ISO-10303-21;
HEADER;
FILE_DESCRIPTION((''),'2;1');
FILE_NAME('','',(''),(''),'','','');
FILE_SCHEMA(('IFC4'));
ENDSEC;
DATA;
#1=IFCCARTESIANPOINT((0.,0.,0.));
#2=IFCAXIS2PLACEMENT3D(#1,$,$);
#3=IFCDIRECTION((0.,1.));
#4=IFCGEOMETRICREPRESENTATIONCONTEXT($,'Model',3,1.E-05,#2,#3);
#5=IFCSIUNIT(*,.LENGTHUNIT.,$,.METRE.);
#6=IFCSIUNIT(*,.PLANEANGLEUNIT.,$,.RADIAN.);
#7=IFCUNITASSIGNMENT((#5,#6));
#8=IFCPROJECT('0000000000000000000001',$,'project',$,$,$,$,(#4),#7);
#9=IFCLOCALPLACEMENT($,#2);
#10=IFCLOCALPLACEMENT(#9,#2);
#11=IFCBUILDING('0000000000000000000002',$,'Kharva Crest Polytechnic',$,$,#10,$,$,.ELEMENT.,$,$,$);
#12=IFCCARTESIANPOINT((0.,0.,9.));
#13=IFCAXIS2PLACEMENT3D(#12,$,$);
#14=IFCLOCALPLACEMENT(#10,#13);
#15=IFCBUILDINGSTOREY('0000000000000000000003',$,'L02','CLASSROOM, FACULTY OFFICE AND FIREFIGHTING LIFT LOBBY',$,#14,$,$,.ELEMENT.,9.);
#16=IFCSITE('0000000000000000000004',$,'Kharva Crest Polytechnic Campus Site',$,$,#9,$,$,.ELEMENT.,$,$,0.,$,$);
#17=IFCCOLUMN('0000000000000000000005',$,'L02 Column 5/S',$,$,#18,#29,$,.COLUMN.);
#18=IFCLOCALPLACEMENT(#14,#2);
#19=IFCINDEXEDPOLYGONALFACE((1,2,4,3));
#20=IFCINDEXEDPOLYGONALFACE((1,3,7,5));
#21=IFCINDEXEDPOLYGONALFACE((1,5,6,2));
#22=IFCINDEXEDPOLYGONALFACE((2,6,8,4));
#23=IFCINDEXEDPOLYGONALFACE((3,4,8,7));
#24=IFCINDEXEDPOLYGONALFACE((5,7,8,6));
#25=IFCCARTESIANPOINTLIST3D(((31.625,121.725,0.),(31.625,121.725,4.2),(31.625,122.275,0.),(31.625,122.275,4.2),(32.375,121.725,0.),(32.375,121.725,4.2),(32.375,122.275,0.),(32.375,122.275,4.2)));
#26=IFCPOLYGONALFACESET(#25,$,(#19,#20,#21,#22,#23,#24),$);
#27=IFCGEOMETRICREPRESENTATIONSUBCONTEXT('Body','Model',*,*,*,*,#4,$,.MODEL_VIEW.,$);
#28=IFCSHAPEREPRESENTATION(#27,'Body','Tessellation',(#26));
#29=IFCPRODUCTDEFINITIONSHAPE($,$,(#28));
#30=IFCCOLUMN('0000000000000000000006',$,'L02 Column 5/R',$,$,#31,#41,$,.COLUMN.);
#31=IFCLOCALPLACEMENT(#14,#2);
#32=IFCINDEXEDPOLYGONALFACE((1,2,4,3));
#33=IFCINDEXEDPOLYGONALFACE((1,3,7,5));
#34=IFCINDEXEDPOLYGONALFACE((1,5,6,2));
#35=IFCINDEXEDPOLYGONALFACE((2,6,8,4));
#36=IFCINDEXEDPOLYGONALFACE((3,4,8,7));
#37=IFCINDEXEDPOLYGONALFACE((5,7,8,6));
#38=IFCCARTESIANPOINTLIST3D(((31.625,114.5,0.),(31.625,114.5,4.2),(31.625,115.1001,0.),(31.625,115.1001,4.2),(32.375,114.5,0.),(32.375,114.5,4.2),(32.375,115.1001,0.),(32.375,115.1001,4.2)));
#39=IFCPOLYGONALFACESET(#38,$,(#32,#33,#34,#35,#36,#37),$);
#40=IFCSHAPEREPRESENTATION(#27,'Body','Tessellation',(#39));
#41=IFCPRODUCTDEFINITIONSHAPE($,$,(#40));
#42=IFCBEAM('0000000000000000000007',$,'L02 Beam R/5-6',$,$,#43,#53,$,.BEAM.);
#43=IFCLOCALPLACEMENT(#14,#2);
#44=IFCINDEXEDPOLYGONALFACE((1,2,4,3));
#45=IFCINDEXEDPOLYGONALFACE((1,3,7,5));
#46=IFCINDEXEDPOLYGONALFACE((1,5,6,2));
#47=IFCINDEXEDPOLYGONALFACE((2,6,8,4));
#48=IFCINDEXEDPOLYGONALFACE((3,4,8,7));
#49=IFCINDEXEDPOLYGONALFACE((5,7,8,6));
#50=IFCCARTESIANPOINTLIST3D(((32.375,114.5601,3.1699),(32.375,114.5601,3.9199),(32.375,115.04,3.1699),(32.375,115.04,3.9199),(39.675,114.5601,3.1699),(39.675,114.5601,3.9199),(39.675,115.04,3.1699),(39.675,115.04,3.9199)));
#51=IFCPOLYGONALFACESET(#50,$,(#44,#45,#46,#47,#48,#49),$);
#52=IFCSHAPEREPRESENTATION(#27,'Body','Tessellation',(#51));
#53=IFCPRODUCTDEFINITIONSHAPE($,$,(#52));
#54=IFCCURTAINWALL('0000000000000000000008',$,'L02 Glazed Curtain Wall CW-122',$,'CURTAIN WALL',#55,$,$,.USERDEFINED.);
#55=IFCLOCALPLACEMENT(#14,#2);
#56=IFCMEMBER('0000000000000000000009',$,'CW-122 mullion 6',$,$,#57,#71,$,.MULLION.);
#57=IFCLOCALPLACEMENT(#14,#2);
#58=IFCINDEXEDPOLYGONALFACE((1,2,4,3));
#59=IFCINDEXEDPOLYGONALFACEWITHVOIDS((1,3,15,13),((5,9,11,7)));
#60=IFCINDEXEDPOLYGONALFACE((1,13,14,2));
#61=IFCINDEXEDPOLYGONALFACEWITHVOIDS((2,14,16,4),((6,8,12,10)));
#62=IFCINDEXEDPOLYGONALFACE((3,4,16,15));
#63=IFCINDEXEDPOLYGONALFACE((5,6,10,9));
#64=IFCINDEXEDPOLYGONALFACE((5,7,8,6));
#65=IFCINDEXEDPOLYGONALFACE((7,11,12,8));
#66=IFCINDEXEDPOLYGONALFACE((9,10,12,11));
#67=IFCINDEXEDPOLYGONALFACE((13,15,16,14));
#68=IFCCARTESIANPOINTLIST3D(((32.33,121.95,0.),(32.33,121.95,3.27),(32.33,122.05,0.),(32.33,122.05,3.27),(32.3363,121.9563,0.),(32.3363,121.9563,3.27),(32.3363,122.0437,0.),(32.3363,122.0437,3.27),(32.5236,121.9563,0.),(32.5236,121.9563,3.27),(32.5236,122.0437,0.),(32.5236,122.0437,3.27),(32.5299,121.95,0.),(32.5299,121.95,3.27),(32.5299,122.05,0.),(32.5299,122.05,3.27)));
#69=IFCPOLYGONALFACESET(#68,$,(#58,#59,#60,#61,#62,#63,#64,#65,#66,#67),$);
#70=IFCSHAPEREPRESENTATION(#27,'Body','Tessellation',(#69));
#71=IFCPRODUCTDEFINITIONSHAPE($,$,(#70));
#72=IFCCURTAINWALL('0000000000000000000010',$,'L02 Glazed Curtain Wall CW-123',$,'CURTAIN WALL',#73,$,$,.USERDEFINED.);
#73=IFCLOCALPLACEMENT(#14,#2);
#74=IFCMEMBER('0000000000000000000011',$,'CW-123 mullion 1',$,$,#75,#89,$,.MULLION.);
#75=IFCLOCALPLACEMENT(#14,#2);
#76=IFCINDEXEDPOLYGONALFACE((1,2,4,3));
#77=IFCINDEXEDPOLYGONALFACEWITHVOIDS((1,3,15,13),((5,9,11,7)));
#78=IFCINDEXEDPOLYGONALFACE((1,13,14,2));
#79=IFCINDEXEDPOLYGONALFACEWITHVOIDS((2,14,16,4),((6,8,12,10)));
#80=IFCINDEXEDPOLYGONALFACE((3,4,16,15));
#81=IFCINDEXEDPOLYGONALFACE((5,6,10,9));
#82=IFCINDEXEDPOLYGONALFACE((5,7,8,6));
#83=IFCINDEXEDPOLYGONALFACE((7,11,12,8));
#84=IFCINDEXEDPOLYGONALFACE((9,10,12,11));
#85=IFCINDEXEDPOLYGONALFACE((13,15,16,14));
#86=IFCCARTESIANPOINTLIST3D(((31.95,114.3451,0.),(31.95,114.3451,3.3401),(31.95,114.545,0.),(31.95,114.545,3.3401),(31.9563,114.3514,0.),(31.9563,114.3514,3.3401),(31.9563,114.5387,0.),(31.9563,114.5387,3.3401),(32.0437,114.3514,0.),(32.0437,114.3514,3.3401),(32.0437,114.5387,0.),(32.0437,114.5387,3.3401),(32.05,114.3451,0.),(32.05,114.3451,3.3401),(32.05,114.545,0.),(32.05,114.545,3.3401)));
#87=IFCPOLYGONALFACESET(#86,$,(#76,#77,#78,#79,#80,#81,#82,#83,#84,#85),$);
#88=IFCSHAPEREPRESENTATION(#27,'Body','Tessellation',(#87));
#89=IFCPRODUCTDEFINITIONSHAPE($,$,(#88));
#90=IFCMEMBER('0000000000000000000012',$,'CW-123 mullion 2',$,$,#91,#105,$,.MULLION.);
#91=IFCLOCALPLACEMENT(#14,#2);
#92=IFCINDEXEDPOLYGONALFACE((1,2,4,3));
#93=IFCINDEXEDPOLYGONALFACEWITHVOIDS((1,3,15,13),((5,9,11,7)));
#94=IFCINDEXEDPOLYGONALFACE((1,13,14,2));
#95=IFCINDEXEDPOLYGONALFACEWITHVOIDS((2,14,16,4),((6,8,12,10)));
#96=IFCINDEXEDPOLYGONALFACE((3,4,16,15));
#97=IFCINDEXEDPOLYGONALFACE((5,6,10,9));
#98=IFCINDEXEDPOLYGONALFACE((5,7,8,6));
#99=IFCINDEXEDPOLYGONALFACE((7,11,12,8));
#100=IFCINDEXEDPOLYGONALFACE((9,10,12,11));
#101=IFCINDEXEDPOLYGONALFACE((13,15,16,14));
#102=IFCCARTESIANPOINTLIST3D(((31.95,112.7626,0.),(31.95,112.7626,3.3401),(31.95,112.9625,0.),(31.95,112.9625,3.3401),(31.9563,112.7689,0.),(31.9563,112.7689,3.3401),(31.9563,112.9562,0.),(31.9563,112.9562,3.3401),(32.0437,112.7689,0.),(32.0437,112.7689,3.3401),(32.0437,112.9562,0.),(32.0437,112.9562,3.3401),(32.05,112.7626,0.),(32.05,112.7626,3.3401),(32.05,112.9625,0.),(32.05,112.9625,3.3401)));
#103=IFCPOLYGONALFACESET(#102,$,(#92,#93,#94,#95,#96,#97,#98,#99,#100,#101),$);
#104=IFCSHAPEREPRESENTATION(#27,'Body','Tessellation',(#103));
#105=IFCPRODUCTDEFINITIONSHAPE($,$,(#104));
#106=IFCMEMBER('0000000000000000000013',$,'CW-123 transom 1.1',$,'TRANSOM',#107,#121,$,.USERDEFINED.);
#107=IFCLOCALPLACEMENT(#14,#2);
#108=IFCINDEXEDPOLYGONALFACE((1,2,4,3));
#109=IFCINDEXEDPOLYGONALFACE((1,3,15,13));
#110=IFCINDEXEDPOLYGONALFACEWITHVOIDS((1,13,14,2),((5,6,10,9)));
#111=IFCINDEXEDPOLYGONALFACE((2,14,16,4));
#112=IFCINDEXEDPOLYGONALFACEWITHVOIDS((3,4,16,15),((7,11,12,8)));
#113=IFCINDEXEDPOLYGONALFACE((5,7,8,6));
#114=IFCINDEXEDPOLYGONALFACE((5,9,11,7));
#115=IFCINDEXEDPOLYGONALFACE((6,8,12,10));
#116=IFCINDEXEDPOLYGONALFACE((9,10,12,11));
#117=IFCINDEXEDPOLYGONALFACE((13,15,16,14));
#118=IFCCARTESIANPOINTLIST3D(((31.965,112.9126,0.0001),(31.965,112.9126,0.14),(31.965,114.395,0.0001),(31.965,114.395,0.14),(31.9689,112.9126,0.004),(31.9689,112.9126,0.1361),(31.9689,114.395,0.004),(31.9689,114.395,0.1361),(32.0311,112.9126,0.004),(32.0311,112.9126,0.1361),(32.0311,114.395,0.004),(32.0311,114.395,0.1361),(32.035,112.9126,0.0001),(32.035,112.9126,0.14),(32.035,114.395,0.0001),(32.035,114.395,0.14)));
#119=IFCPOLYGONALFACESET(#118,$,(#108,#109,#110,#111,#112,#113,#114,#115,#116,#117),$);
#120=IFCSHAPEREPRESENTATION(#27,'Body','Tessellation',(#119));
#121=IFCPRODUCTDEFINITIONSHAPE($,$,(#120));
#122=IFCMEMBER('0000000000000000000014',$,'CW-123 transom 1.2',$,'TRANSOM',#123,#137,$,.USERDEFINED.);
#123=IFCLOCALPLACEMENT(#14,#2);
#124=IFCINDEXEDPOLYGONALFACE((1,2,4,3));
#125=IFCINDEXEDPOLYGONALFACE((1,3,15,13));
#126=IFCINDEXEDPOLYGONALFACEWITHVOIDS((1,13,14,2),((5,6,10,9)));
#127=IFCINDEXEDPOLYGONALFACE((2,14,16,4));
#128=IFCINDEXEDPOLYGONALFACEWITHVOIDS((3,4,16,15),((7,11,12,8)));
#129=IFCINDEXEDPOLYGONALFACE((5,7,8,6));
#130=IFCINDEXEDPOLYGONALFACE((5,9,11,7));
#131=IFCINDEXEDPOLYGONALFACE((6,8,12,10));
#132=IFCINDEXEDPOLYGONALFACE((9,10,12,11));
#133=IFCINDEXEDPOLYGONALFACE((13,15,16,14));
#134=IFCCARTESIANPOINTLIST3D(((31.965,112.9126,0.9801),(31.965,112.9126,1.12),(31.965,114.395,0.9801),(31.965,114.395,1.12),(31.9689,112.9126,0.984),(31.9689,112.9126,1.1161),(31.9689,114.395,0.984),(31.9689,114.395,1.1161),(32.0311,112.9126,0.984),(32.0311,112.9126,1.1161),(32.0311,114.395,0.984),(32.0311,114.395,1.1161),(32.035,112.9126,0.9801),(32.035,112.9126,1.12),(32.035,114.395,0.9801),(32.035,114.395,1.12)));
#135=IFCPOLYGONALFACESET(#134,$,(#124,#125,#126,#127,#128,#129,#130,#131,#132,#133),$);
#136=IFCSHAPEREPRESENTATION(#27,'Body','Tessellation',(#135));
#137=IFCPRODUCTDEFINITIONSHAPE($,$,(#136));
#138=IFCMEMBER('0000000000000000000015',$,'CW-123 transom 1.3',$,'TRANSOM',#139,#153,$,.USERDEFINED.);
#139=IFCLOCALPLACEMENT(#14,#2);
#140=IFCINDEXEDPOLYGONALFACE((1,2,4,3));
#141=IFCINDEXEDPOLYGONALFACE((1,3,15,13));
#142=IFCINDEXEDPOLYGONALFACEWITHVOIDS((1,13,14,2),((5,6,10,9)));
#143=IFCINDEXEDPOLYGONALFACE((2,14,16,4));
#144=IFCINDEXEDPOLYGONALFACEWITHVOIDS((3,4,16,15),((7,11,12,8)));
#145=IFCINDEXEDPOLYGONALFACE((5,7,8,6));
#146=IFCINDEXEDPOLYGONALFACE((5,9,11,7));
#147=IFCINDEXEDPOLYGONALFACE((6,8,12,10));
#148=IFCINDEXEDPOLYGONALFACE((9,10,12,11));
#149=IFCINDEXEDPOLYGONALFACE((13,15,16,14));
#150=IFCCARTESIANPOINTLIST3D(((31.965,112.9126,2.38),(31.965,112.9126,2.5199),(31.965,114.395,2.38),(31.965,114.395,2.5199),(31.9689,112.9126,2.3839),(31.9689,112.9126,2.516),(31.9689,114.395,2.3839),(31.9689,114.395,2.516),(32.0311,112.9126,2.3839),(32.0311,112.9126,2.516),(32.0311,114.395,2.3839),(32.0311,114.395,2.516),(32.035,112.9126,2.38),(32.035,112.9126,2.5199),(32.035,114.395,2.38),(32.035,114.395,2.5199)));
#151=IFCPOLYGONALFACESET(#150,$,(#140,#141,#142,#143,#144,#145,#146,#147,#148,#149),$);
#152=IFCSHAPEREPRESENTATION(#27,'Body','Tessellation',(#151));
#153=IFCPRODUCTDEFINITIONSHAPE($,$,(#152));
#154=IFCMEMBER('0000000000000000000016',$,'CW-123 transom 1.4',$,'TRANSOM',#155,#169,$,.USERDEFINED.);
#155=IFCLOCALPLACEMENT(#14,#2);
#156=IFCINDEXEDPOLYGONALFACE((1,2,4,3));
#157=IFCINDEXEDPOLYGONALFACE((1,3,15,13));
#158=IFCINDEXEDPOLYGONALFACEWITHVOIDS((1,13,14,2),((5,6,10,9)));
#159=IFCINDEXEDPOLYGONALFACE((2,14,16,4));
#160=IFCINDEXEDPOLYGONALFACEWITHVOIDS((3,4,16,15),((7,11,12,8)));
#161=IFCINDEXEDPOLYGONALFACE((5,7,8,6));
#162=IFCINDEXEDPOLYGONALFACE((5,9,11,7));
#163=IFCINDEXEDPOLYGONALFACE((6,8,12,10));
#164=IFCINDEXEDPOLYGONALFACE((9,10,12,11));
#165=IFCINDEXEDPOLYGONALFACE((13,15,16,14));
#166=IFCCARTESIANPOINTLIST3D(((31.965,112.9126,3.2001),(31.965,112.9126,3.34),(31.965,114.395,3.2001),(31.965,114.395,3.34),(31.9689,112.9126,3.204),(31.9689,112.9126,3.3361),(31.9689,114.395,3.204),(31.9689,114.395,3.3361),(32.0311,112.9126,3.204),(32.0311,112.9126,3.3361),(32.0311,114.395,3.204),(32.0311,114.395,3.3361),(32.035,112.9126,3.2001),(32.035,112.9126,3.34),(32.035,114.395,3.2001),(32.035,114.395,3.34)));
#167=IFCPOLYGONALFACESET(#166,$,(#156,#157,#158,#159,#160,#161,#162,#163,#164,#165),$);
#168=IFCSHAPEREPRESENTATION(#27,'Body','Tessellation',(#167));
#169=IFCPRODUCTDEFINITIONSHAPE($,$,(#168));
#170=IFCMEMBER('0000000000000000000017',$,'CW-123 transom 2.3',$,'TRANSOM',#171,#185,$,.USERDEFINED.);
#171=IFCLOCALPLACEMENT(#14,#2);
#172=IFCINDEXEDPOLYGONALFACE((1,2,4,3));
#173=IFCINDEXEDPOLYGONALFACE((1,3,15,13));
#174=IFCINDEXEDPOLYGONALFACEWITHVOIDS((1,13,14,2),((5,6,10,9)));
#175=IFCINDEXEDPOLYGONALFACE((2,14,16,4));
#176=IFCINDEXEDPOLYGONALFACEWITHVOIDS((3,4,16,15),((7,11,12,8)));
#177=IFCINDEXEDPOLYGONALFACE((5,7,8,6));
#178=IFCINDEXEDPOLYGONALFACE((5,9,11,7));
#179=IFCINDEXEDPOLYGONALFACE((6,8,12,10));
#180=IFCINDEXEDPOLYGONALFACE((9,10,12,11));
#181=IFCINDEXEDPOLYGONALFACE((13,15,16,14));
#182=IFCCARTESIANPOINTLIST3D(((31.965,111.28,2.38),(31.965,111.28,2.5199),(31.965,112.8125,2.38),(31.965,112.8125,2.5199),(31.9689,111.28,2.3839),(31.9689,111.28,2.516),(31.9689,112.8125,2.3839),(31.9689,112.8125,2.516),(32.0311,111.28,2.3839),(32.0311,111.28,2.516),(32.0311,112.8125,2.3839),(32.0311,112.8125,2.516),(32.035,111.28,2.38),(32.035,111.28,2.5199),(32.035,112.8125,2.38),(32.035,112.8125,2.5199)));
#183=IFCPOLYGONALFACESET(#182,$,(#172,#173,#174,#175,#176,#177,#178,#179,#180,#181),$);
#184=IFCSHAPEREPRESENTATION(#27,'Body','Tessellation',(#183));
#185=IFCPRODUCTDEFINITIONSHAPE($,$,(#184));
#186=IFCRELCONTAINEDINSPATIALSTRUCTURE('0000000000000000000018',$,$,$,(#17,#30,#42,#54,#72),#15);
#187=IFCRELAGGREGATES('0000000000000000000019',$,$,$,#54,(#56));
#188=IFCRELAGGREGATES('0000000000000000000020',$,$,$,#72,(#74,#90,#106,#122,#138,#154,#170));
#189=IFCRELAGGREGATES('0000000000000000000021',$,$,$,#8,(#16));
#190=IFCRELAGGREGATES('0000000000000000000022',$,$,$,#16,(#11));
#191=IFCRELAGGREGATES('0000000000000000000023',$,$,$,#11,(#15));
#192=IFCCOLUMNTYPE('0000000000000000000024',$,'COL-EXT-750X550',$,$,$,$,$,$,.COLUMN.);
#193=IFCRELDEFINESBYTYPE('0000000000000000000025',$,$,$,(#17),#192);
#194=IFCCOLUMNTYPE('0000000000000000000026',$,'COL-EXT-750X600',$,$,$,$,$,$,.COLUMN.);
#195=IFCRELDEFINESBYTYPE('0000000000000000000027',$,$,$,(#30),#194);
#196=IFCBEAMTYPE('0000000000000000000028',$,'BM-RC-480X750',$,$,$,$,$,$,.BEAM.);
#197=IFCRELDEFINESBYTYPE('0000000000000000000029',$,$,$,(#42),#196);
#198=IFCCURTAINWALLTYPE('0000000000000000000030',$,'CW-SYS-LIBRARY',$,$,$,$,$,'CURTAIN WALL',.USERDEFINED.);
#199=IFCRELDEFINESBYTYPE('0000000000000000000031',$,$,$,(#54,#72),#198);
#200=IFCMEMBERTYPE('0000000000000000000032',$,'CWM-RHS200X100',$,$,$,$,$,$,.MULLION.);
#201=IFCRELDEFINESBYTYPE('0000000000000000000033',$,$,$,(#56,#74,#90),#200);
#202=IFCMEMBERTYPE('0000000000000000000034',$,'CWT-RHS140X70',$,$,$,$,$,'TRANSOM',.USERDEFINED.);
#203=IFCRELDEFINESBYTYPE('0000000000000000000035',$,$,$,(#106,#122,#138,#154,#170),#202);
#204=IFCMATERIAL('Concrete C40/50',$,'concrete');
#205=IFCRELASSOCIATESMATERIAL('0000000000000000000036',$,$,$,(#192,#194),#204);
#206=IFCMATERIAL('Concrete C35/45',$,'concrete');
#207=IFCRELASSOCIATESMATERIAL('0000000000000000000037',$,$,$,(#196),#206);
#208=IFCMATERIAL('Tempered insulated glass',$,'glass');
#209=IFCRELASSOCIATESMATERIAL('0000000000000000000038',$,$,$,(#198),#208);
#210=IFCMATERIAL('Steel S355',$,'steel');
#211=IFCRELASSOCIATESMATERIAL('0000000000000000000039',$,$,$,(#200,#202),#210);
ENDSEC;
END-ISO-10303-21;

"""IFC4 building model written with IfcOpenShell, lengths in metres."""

from ifc_helpers import new_model, si_unit, direction, frame, origin, origin_2d, place, context, subcontext, project, spatial, rectangle, hollow_rectangle, extrude, material, material_profile, profile_set, type_object, element, aggregate, save


model = new_model("IFC4")

# Units and contexts
model_context = context("Model", 3, precision=1e-05, world=origin(), true_north=direction((0.0, 1.0)))
body_context = subcontext(model_context, "Body", "Model", "MODEL_VIEW")
ifc_project = project(units=[si_unit("LENGTHUNIT", "METRE"), si_unit("PLANEANGLEUNIT", "RADIAN")], contexts=[model_context])

# Site, building, storey
site_placement = place(None, origin())
site = spatial("IfcSite", under=ifc_project, at=site_placement, Name="Kharva Crest Polytechnic Campus Site", CompositionType="ELEMENT", RefElevation=0.0)
building_placement = place(site_placement, origin())
building = spatial("IfcBuilding", under=site, at=building_placement, Name="Kharva Crest Polytechnic", CompositionType="ELEMENT")
storey_placement = place(building_placement, frame((0.0, 0.0, 9.0)))
storey = spatial("IfcBuildingStorey", under=building, at=storey_placement, Name="L02", Description="CLASSROOM, FACULTY OFFICE AND FIREFIGHTING LIFT LOBBY", CompositionType="ELEMENT", Elevation=9.0)

# Columns
ifc_material_1 = material(Name="Concrete C40/50", Category="concrete")
ifc_material_profile_1 = material_profile(ifc_material_1, rectangle(XDim=0.75, YDim=0.55, at=origin_2d()), Name="RECT 750 X 550")
ifc_profile_set_1 = profile_set([ifc_material_profile_1], Name="Concrete C40/50")
column_type_1 = type_object("IfcColumnType", Name="COL-EXT-750X550", PredefinedType="COLUMN", material=ifc_profile_set_1)
column_1_placement = place(storey_placement, frame((32.0, 122.0, 0.0), z_axis=(0.0, 0.0, 1.0), x_axis=(1.0, 0.0, 0.0)))
element("IfcColumn", 1, at=column_1_placement, inside=storey, type_object=column_type_1, Name="L02 Column 5/S", PredefinedType="COLUMN", context=body_context, shape_type="SweptSolid", body=[
    extrude(rectangle(XDim=0.75, YDim=0.55, at=origin_2d()), origin(), (0.0, 0.0, 1.0), 4.2),
])
ifc_material_profile_2 = material_profile(ifc_material_1, rectangle(XDim=0.75, YDim=0.6001, at=origin_2d()), Name="RECT 750 X 600")
ifc_profile_set_2 = profile_set([ifc_material_profile_2], Name="Concrete C40/50")
column_type_2 = type_object("IfcColumnType", Name="COL-EXT-750X600", PredefinedType="COLUMN", material=ifc_profile_set_2)
column_2_placement = place(storey_placement, frame((32.0, 114.8, 0.0), z_axis=(0.0, 0.0, 1.0), x_axis=(1.0, 0.0, 0.0)))
element("IfcColumn", 2, at=column_2_placement, inside=storey, type_object=column_type_2, Name="L02 Column 5/R", PredefinedType="COLUMN", context=body_context, shape_type="SweptSolid", body=[
    extrude(rectangle(XDim=0.75, YDim=0.6001, at=origin_2d()), origin(), (0.0, 0.0, 1.0), 4.2),
])

# Beam
ifc_material_2 = material(Name="Concrete C35/45", Category="concrete")
ifc_material_profile_3 = material_profile(ifc_material_2, rectangle(XDim=0.48, YDim=0.75, at=origin_2d()), Name="RECT 480 X 750")
ifc_profile_set_3 = profile_set([ifc_material_profile_3], Name="Concrete C35/45")
beam_type_1 = type_object("IfcBeamType", Name="BM-RC-480X750", PredefinedType="BEAM", material=ifc_profile_set_3)
beam_1_placement = place(storey_placement, frame((32.375, 114.8, 3.5449), z_axis=(1.0, 0.0, 0.0), x_axis=(0.0, 1.0, 0.0)))
element("IfcBeam", 3, at=beam_1_placement, inside=storey, type_object=beam_type_1, Name="L02 Beam R/5-6", PredefinedType="BEAM", context=body_context, shape_type="SweptSolid", body=[
    extrude(rectangle(XDim=0.48, YDim=0.75, at=origin_2d()), origin(), (0.0, 0.0, 1.0), 7.3),
])

# Curtain wall, member
ifc_material_3 = material(Name="Tempered insulated glass", Category="glass")
curtain_wall_type = type_object("IfcCurtainWallType", Name="CW-SYS-LIBRARY", ElementType="CURTAIN WALL", PredefinedType="USERDEFINED", material=ifc_material_3)
curtain_wall_1_placement = place(storey_placement, origin())
curtain_wall_1 = element("IfcCurtainWall", 4, at=curtain_wall_1_placement, inside=storey, type_object=curtain_wall_type, Name="L02 Glazed Curtain Wall CW-122", ObjectType="CURTAIN WALL", PredefinedType="USERDEFINED")
ifc_material_4 = material(Name="Steel S355", Category="steel")
ifc_material_profile_4 = material_profile(ifc_material_4, hollow_rectangle(XDim=0.1001, YDim=0.2, WallThickness=0.0063, at=origin_2d()), Name="RHS 200X100X6.3")
ifc_profile_set_4 = profile_set([ifc_material_profile_4], Name="Steel S355")
member_type_1 = type_object("IfcMemberType", Name="CWM-RHS200X100", PredefinedType="MULLION", material=ifc_profile_set_4)
member_1_placement = place(storey_placement, frame((32.4299, 122.0, 0.0), z_axis=(0.0, 0.0, 1.0), x_axis=(0.0, -1.0, 0.0)))
member_1 = element("IfcMember", 5, at=member_1_placement, type_object=member_type_1, Name="CW-122 mullion 6", PredefinedType="MULLION", context=body_context, shape_type="SweptSolid", body=[
    extrude(hollow_rectangle(XDim=0.1001, YDim=0.2, WallThickness=0.0063, at=origin_2d()), origin(), (0.0, 0.0, 1.0), 3.27),
])

# Curtain wall, members
curtain_wall_2_placement = place(storey_placement, origin())
curtain_wall_2 = element("IfcCurtainWall", 6, at=curtain_wall_2_placement, inside=storey, type_object=curtain_wall_type, Name="L02 Glazed Curtain Wall CW-123", ObjectType="CURTAIN WALL", PredefinedType="USERDEFINED")
member_2_placement = place(storey_placement, frame((32.0, 114.4451, 0.0), z_axis=(0.0, 0.0, 1.0), x_axis=(1.0, 0.0, 0.0)))
member_2 = element("IfcMember", 7, at=member_2_placement, type_object=member_type_1, Name="CW-123 mullion 1", PredefinedType="MULLION", context=body_context, shape_type="SweptSolid", body=[
    extrude(hollow_rectangle(XDim=0.1001, YDim=0.2, WallThickness=0.0063, at=origin_2d()), origin(), (0.0, 0.0, 1.0), 3.3401),
])
member_3_placement = place(storey_placement, frame((32.0, 112.8625, 0.0), z_axis=(0.0, 0.0, 1.0), x_axis=(1.0, 0.0, 0.0)))
member_3 = element("IfcMember", 8, at=member_3_placement, type_object=member_type_1, Name="CW-123 mullion 2", PredefinedType="MULLION", context=body_context, shape_type="SweptSolid", body=[
    extrude(hollow_rectangle(XDim=0.1001, YDim=0.2, WallThickness=0.0063, at=origin_2d()), origin(), (0.0, 0.0, 1.0), 3.3401),
])
ifc_material_profile_5 = material_profile(ifc_material_4, hollow_rectangle(XDim=0.0701, YDim=0.1399, WallThickness=0.0039, at=origin_2d()), Name="RHS 140X70X4.0")
ifc_profile_set_5 = profile_set([ifc_material_profile_5], Name="Steel S355")
member_type_2 = type_object("IfcMemberType", Name="CWT-RHS140X70", ElementType="TRANSOM", PredefinedType="USERDEFINED", material=ifc_profile_set_5)
member_4_placement = place(storey_placement, frame((32.0, 114.395, 0.0701), z_axis=(0.0, -1.0, 0.0), x_axis=(1.0, 0.0, 0.0)))
member_4 = element("IfcMember", 9, at=member_4_placement, type_object=member_type_2, Name="CW-123 transom 1.1", ObjectType="TRANSOM", PredefinedType="USERDEFINED", context=body_context, shape_type="SweptSolid", body=[
    extrude(hollow_rectangle(XDim=0.0701, YDim=0.1399, WallThickness=0.0039, at=origin_2d()), origin(), (0.0, 0.0, 1.0), 1.4824),
])
member_5_placement = place(storey_placement, frame((32.0, 114.395, 1.05), z_axis=(0.0, -1.0, 0.0), x_axis=(1.0, 0.0, 0.0)))
member_5 = element("IfcMember", 10, at=member_5_placement, type_object=member_type_2, Name="CW-123 transom 1.2", ObjectType="TRANSOM", PredefinedType="USERDEFINED", context=body_context, shape_type="SweptSolid", body=[
    extrude(hollow_rectangle(XDim=0.0701, YDim=0.1399, WallThickness=0.0039, at=origin_2d()), origin(), (0.0, 0.0, 1.0), 1.4824),
])
member_6_placement = place(storey_placement, frame((32.0, 114.395, 2.45), z_axis=(0.0, -1.0, 0.0), x_axis=(1.0, 0.0, 0.0)))
member_6 = element("IfcMember", 11, at=member_6_placement, type_object=member_type_2, Name="CW-123 transom 1.3", ObjectType="TRANSOM", PredefinedType="USERDEFINED", context=body_context, shape_type="SweptSolid", body=[
    extrude(hollow_rectangle(XDim=0.0701, YDim=0.1399, WallThickness=0.0039, at=origin_2d()), origin(), (0.0, 0.0, 1.0), 1.4824),
])
member_7_placement = place(storey_placement, frame((32.0, 114.395, 3.27), z_axis=(0.0, -1.0, 0.0), x_axis=(1.0, 0.0, 0.0)))
member_7 = element("IfcMember", 12, at=member_7_placement, type_object=member_type_2, Name="CW-123 transom 1.4", ObjectType="TRANSOM", PredefinedType="USERDEFINED", context=body_context, shape_type="SweptSolid", body=[
    extrude(hollow_rectangle(XDim=0.0701, YDim=0.1399, WallThickness=0.0039, at=origin_2d()), origin(), (0.0, 0.0, 1.0), 1.4824),
])
member_8_placement = place(storey_placement, frame((32.0, 112.8125, 2.45), z_axis=(0.0, -1.0, 0.0), x_axis=(1.0, 0.0, 0.0)))
member_8 = element("IfcMember", 13, at=member_8_placement, type_object=member_type_2, Name="CW-123 transom 2.3", ObjectType="TRANSOM", PredefinedType="USERDEFINED", context=body_context, shape_type="SweptSolid", body=[
    extrude(hollow_rectangle(XDim=0.0701, YDim=0.1399, WallThickness=0.0039, at=origin_2d()), origin(), (0.0, 0.0, 1.0), 1.5325),
])

aggregate(curtain_wall_1, [member_1])
aggregate(curtain_wall_2, [member_2, member_3, member_4, member_5, member_6, member_7, member_8])

save(model, "model.ifc")
